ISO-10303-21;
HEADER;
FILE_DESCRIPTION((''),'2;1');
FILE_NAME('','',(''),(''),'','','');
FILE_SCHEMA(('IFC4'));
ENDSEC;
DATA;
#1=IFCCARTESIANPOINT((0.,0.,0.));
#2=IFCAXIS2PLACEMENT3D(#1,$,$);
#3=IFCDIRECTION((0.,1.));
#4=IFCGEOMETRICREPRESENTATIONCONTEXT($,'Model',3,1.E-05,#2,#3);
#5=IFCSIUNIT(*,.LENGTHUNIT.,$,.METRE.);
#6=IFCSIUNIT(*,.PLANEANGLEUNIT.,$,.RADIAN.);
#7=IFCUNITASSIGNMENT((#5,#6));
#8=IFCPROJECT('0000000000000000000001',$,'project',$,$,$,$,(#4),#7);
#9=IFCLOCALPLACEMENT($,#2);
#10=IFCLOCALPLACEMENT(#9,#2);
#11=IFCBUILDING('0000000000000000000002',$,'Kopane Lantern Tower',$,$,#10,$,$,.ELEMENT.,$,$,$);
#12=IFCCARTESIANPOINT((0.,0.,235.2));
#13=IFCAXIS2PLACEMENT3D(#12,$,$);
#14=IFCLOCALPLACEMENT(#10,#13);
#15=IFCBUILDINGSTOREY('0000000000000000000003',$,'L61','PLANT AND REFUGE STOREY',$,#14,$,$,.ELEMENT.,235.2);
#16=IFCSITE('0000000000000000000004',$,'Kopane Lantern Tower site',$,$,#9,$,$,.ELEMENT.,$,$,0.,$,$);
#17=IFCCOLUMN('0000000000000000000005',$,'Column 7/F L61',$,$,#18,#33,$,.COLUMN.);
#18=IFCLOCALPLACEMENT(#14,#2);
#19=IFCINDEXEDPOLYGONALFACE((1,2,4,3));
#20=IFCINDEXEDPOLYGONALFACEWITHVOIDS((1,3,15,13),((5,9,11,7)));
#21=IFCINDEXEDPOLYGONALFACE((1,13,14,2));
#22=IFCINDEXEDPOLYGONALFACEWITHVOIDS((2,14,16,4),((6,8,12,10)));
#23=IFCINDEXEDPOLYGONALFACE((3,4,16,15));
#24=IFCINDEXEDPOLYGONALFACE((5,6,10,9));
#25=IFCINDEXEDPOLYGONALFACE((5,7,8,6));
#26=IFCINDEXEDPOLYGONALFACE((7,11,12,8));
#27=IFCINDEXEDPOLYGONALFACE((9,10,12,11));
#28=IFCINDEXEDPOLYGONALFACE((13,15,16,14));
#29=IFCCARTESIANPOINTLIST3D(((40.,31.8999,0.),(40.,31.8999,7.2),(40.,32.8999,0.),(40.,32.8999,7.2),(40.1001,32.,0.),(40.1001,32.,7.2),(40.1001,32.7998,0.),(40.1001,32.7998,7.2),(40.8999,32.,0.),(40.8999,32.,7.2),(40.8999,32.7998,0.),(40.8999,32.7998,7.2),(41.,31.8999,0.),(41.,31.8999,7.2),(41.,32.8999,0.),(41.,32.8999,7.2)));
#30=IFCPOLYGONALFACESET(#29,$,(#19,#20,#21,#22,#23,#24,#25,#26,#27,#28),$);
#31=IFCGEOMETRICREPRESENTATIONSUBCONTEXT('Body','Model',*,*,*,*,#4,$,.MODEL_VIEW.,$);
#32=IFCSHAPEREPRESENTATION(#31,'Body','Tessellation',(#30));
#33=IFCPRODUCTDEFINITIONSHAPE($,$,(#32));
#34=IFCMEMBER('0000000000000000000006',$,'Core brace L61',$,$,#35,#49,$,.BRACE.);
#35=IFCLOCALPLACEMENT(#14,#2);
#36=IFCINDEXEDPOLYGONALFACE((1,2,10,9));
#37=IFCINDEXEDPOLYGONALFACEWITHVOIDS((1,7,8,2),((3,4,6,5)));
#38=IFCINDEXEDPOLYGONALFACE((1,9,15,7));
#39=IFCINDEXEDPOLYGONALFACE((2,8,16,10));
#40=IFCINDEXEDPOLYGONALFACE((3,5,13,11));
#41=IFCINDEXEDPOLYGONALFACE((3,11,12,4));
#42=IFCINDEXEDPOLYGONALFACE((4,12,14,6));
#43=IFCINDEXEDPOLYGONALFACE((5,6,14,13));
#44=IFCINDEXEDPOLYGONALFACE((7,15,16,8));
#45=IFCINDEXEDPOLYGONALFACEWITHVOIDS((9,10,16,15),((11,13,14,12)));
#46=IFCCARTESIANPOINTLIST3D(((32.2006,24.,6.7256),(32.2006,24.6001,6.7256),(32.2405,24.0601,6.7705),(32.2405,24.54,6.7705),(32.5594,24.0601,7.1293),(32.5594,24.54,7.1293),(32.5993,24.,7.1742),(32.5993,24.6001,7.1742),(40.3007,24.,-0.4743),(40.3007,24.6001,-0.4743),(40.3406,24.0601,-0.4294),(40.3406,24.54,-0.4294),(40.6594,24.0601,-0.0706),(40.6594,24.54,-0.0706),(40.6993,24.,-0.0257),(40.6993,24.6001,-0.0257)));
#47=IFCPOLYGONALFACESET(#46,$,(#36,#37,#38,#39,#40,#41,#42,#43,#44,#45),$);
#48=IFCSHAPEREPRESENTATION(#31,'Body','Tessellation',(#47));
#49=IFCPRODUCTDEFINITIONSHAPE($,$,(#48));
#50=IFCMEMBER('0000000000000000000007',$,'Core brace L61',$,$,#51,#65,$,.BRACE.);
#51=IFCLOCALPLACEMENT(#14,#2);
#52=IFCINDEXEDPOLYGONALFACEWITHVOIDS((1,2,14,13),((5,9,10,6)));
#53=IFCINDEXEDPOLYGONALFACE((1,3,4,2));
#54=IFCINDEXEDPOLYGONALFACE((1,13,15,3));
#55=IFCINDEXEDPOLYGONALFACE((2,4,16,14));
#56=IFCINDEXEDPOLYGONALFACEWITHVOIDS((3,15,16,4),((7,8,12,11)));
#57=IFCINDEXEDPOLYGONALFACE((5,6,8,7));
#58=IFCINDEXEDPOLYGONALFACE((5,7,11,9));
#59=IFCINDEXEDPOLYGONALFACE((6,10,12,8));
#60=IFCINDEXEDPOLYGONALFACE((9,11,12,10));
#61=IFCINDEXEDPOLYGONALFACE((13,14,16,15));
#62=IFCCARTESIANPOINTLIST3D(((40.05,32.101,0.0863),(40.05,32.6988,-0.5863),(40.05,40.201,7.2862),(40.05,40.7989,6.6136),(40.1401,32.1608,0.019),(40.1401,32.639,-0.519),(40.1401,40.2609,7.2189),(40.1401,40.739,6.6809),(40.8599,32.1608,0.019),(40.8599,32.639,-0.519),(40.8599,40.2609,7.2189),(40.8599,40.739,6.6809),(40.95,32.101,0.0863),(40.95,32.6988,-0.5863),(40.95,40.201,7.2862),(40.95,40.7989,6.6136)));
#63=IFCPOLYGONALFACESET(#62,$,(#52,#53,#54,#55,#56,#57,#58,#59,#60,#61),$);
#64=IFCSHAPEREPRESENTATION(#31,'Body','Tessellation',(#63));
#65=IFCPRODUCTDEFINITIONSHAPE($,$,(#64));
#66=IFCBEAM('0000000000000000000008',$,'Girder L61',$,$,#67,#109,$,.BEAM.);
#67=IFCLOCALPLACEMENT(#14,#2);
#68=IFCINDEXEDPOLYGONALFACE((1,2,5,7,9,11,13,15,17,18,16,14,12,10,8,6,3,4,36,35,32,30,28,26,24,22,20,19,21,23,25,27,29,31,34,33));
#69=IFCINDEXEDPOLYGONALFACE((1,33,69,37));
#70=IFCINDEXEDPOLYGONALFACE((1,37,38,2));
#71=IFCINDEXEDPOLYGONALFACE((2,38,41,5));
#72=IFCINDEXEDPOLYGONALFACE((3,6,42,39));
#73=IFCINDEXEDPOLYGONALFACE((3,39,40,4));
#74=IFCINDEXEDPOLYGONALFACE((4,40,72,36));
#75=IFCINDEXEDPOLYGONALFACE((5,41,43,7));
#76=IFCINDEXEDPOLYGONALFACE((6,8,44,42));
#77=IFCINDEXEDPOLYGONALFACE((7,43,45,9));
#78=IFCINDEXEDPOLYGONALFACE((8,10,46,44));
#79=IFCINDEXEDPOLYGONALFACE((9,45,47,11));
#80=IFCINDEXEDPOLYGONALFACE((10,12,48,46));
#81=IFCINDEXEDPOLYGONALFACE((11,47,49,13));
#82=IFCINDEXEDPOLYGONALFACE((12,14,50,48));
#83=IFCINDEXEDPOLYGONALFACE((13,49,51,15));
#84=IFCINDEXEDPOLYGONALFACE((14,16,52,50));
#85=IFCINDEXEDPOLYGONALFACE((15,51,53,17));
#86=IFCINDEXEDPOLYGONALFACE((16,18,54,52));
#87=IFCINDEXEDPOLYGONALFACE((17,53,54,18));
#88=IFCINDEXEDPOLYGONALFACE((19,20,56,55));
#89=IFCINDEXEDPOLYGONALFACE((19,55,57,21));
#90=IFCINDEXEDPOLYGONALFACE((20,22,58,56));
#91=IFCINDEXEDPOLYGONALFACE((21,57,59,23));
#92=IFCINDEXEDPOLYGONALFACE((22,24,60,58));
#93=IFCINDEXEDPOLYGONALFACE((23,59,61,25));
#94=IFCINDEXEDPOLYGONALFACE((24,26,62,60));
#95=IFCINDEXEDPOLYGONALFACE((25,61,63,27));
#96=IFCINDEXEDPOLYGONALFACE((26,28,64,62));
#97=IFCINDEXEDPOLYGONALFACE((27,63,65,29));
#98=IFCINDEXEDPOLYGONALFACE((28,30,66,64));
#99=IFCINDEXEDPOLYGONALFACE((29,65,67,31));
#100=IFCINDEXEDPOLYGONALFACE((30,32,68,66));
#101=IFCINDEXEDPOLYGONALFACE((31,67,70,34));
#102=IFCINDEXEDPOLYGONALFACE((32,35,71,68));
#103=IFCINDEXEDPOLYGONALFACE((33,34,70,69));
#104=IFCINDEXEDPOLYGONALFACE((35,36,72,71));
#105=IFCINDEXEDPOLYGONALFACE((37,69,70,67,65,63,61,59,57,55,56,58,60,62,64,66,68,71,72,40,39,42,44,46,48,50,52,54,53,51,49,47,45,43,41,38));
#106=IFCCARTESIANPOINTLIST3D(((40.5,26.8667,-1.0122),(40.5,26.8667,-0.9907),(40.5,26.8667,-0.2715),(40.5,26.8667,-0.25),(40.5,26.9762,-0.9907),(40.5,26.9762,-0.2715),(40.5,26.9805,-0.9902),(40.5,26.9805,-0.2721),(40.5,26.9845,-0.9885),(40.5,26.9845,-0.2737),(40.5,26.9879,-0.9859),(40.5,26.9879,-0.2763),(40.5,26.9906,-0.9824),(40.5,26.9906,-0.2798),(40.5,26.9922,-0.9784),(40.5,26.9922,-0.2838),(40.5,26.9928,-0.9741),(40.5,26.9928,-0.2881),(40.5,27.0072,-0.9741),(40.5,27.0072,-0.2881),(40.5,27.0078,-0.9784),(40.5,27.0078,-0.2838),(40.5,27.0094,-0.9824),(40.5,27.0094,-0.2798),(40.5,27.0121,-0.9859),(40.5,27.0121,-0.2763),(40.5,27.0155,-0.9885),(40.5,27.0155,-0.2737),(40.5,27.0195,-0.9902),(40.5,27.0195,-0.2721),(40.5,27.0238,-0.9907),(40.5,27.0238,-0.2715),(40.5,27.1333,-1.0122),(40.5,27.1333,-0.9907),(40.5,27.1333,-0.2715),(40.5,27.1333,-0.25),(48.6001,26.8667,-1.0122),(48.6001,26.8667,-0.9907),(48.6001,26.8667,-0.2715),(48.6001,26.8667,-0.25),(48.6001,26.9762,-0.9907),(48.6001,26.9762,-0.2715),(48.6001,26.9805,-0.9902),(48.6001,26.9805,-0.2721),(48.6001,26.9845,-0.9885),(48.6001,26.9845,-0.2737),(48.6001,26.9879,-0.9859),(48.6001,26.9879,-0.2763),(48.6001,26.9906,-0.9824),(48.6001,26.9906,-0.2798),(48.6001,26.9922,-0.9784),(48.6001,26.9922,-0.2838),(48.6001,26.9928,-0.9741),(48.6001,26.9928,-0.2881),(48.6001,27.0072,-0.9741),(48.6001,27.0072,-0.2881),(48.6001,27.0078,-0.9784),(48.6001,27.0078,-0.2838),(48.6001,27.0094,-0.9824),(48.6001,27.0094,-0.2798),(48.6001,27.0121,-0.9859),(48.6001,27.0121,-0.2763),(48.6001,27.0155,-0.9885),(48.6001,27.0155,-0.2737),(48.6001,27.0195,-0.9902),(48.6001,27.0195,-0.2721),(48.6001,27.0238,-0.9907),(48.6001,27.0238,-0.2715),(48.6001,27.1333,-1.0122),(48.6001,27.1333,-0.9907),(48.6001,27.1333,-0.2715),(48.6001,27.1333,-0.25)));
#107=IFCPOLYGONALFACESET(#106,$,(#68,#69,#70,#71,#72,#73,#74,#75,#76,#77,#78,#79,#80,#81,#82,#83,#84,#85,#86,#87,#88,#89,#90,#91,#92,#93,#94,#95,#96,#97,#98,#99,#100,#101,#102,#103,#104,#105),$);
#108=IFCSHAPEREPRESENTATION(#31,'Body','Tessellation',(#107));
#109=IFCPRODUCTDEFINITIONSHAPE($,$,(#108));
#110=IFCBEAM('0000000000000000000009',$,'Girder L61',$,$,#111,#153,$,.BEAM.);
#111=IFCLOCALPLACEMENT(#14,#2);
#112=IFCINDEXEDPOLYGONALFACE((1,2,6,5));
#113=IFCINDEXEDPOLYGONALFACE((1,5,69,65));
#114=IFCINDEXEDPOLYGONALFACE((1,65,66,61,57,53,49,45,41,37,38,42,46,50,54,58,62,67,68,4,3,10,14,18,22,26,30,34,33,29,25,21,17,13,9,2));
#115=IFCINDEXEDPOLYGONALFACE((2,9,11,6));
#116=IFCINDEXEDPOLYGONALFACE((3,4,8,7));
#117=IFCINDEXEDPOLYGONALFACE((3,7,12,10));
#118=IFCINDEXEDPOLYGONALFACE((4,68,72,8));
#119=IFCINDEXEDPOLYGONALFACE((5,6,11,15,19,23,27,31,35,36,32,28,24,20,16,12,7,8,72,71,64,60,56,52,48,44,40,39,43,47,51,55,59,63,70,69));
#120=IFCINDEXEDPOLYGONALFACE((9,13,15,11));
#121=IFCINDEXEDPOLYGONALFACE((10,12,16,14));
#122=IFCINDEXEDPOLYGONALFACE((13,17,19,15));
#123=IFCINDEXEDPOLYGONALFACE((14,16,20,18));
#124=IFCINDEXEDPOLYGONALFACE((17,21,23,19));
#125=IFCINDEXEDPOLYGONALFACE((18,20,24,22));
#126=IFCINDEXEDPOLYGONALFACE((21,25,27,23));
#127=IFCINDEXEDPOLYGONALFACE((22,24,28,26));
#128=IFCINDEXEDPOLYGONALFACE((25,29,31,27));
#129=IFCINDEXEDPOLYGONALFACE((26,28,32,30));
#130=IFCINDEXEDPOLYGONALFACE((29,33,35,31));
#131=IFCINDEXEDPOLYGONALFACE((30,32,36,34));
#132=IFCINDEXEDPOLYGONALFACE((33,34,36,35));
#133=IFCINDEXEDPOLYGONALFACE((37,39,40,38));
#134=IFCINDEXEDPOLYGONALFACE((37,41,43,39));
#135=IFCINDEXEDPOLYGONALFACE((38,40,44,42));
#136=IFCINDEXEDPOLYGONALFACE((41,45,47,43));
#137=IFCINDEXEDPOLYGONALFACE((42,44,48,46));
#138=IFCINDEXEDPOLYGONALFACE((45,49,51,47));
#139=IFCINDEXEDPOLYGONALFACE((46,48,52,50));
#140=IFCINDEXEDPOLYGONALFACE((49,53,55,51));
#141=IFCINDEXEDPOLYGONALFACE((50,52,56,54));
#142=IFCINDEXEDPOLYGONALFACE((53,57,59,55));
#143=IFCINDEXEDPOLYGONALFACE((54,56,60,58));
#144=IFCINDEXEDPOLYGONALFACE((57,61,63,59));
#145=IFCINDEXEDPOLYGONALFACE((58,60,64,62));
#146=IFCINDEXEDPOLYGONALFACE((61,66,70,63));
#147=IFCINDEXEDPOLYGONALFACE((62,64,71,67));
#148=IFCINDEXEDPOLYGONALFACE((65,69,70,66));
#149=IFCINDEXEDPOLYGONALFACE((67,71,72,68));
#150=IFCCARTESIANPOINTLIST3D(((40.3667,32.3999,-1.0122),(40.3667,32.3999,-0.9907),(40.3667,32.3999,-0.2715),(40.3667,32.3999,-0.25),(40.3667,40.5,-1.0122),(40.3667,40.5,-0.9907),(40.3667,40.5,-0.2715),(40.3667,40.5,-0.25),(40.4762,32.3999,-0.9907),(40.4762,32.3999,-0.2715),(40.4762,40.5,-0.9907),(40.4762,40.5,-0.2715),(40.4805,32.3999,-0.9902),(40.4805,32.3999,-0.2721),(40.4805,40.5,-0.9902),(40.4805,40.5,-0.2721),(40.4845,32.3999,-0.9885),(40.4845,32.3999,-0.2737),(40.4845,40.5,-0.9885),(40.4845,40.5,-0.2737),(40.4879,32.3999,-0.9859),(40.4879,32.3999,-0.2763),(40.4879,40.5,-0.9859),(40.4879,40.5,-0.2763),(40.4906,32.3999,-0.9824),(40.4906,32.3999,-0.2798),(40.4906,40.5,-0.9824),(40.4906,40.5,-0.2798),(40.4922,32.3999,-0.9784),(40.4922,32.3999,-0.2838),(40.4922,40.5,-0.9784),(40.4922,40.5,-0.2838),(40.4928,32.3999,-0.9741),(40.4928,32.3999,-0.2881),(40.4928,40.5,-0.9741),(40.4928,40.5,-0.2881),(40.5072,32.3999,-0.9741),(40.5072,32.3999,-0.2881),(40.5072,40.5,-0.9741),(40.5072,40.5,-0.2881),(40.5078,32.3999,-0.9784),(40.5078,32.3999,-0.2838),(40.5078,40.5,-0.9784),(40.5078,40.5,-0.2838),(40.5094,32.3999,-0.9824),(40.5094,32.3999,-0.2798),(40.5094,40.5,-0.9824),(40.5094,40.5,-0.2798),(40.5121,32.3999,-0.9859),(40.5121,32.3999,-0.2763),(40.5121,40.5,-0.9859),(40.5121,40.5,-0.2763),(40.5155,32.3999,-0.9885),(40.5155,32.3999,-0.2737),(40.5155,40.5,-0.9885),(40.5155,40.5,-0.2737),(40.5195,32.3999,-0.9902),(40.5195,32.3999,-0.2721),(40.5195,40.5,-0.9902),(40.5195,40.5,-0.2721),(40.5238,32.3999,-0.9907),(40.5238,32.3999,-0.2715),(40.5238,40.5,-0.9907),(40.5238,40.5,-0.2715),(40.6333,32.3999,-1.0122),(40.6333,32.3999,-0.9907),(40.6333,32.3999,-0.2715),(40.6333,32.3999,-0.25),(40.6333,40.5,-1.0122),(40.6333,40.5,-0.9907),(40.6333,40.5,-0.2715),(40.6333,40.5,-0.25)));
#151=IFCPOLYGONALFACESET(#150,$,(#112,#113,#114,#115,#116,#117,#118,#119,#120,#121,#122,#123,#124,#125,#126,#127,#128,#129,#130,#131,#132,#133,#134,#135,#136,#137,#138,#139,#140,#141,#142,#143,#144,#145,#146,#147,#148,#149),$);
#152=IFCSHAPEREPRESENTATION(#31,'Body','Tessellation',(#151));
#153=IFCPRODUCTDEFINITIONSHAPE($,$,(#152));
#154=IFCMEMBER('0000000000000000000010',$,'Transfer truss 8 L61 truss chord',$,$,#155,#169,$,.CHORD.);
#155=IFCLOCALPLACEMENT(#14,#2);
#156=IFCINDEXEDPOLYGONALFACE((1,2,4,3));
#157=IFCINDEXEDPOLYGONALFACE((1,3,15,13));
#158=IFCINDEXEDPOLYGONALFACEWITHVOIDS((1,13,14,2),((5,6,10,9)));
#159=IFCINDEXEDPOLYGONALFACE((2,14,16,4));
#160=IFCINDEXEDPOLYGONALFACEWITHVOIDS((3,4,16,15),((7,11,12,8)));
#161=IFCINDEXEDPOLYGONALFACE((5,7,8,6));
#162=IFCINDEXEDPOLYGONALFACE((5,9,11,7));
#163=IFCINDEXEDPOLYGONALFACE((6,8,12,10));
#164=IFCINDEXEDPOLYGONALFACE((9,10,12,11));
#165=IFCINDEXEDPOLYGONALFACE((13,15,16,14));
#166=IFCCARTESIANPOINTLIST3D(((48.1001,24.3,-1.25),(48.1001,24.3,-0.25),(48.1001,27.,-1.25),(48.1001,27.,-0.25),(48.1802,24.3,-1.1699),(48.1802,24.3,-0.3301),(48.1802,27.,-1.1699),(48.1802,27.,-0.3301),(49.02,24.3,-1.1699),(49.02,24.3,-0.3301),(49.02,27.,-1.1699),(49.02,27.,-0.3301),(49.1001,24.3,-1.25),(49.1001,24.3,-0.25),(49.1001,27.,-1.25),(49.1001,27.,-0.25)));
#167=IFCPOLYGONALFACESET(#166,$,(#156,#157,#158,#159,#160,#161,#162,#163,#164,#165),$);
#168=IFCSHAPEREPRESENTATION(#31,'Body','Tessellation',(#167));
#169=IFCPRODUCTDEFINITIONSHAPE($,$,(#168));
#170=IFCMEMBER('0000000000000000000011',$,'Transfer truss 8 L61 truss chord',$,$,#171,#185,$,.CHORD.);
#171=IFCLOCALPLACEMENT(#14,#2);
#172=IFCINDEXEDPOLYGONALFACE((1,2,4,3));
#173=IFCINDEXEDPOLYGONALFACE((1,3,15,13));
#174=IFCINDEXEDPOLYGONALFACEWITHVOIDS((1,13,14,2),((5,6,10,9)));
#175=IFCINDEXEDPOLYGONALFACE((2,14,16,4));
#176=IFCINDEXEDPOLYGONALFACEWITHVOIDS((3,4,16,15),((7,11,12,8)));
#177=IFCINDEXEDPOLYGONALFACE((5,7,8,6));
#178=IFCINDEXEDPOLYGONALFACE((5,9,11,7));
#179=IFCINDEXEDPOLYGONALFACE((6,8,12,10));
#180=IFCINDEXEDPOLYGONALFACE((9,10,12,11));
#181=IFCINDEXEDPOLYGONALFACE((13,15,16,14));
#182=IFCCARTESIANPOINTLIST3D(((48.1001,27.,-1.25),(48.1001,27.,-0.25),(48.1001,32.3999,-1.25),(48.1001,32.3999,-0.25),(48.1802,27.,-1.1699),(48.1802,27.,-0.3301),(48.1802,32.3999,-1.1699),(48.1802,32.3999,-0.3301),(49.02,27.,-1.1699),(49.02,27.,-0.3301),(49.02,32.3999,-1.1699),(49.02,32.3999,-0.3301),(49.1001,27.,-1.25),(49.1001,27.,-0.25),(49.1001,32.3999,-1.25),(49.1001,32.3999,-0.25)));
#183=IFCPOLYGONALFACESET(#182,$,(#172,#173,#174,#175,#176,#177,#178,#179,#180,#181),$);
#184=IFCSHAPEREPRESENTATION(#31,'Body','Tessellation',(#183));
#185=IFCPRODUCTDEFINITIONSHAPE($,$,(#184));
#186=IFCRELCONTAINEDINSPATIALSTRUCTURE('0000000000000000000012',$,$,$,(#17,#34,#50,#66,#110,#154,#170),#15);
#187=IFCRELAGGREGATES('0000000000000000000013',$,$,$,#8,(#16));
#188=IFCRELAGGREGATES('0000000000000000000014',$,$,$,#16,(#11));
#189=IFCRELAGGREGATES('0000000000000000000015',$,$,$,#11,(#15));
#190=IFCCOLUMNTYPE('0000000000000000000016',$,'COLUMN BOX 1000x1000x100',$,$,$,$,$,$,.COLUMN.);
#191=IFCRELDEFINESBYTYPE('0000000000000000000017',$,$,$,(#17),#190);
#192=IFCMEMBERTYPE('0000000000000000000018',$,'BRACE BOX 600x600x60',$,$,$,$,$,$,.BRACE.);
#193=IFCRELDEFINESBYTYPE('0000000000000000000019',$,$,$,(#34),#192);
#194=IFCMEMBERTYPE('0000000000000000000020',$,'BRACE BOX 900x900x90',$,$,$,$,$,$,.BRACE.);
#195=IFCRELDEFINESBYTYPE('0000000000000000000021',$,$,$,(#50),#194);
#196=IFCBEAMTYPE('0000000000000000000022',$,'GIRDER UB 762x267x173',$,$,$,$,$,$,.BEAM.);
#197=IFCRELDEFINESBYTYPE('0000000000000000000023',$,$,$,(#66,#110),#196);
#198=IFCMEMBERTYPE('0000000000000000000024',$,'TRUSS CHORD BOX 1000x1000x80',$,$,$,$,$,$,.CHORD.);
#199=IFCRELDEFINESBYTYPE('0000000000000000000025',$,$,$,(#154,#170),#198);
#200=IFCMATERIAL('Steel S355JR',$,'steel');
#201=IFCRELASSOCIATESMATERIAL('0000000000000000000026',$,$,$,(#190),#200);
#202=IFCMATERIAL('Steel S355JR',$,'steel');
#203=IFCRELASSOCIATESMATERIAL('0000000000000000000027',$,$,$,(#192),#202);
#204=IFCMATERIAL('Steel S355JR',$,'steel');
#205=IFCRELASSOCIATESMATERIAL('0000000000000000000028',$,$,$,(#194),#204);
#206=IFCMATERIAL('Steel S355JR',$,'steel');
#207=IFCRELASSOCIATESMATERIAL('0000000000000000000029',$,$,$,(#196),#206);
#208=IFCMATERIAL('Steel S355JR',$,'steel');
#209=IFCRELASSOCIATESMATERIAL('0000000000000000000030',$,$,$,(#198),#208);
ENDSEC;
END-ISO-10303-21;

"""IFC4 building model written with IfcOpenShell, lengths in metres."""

from ifc_helpers import new_model, si_unit, direction, frame, origin, origin_2d, place, context, subcontext, project, spatial, hollow_rectangle, i_section, extrude, material, material_profile, profile_set, type_object, element, save


model = new_model("IFC4")

# Units and contexts
model_context = context("Model", 3, precision=1e-05, world=origin(), true_north=direction((0.0, 1.0)))
body_context = subcontext(model_context, "Body", "Model", "MODEL_VIEW")
ifc_project = project(units=[si_unit("LENGTHUNIT", "METRE"), si_unit("PLANEANGLEUNIT", "RADIAN")], contexts=[model_context])

# Site, building, storey
site_placement = place(None, origin())
site = spatial("IfcSite", under=ifc_project, at=site_placement, Name="Kopane Lantern Tower site", CompositionType="ELEMENT", RefElevation=0.0)
building_placement = place(site_placement, origin())
building = spatial("IfcBuilding", under=site, at=building_placement, Name="Kopane Lantern Tower", CompositionType="ELEMENT")
storey_placement = place(building_placement, frame((0.0, 0.0, 235.2)))
storey = spatial("IfcBuildingStorey", under=building, at=storey_placement, Name="L61", Description="PLANT AND REFUGE STOREY", CompositionType="ELEMENT", Elevation=235.2)

# Column
ifc_material_1 = material(Name="Steel S355JR", Category="steel")
ifc_material_profile_1 = material_profile(ifc_material_1, hollow_rectangle(XDim=1.0, YDim=1.0, WallThickness=0.1001, at=origin_2d()), Name="BOX 1000x1000x100")
ifc_profile_set_1 = profile_set([ifc_material_profile_1], Name="Steel S355JR")
column_type = type_object("IfcColumnType", Name="COLUMN BOX 1000x1000x100", PredefinedType="COLUMN", material=ifc_profile_set_1)
column_placement = place(storey_placement, frame((40.5, 32.3999, 0.0), z_axis=(0.0, 0.0, 1.0), x_axis=(1.0, 0.0, 0.0)))
element("IfcColumn", 1, at=column_placement, inside=storey, type_object=column_type, Name="Column 7/F L61", PredefinedType="COLUMN", context=body_context, shape_type="SweptSolid", body=[
    extrude(hollow_rectangle(XDim=1.0, YDim=1.0, WallThickness=0.1001, at=origin_2d()), origin(), (0.0, 0.0, 1.0), 7.2),
])

# Members
ifc_material_2 = material(Name="Steel S355JR", Category="steel")
ifc_material_profile_2 = material_profile(ifc_material_2, hollow_rectangle(XDim=0.6001, YDim=0.6001, WallThickness=0.0601, at=origin_2d()), Name="BOX 600x600x60")
ifc_profile_set_2 = profile_set([ifc_material_profile_2], Name="Steel S355JR")
member_type_1 = type_object("IfcMemberType", Name="BRACE BOX 600x600x60", PredefinedType="BRACE", material=ifc_profile_set_2)
member_1_placement = place(storey_placement, frame((40.5, 24.3, -0.25), z_axis=(-0.747416, 0.0, 0.664357), x_axis=(0.0, -1.0, 0.0)))
element("IfcMember", 2, at=member_1_placement, inside=storey, type_object=member_type_1, Name="Core brace L61", PredefinedType="BRACE", context=body_context, shape_type="SweptSolid", body=[
    extrude(hollow_rectangle(XDim=0.6001, YDim=0.6001, WallThickness=0.0601, at=origin_2d()), origin(), (0.0, 0.0, 1.0), 10.8374),
])
ifc_material_3 = material(Name="Steel S355JR", Category="steel")
ifc_material_profile_3 = material_profile(ifc_material_3, hollow_rectangle(XDim=0.8999, YDim=0.8999, WallThickness=0.0901, at=origin_2d()), Name="BOX 900x900x90")
ifc_profile_set_3 = profile_set([ifc_material_profile_3], Name="Steel S355JR")
member_type_2 = type_object("IfcMemberType", Name="BRACE BOX 900x900x90", PredefinedType="BRACE", material=ifc_profile_set_3)
member_2_placement = place(storey_placement, frame((40.5, 32.3999, -0.25), z_axis=(0.0, 0.747416, 0.664357), x_axis=(-1.0, 0.0, 0.0)))
element("IfcMember", 3, at=member_2_placement, inside=storey, type_object=member_type_2, Name="Core brace L61", PredefinedType="BRACE", context=body_context, shape_type="SweptSolid", body=[
    extrude(hollow_rectangle(XDim=0.8999, YDim=0.8999, WallThickness=0.0901, at=origin_2d()), origin(), (0.0, 0.0, 1.0), 10.8374),
])

# Beams
ifc_material_4 = material(Name="Steel S355JR", Category="steel")
ifc_material_profile_4 = material_profile(ifc_material_4, i_section(OverallWidth=0.2666, OverallDepth=0.7622, WebThickness=0.0144, FlangeThickness=0.0215, FilletRadius=0.0166, at=origin_2d()), Name="UB 762x267x173")
ifc_profile_set_4 = profile_set([ifc_material_profile_4], Name="Steel S355JR")
beam_type = type_object("IfcBeamType", Name="GIRDER UB 762x267x173", PredefinedType="BEAM", material=ifc_profile_set_4)
for number, where, z_axis, x_axis, name in (
    (4, (40.5, 27.0, -0.6311), (1.0, 0.0, 0.0), (0.0, 1.0, 0.0), "Girder L61"),
    (5, (40.5, 32.3999, -0.6311), (0.0, 1.0, 0.0), (-1.0, 0.0, 0.0), "Girder L61"),
):
    element("IfcBeam", number, at=place(storey_placement, frame(where, z_axis=z_axis, x_axis=x_axis)), inside=storey, type_object=beam_type, Name=name, PredefinedType="BEAM", context=body_context, shape_type="SweptSolid", body=[
        extrude(i_section(OverallWidth=0.2666, OverallDepth=0.7622, WebThickness=0.0144, FlangeThickness=0.0215, FilletRadius=0.0166, at=origin_2d()), origin(), (0.0, 0.0, 1.0), 8.1001),
    ])

# Members
ifc_material_5 = material(Name="Steel S355JR", Category="steel")
ifc_material_profile_5 = material_profile(ifc_material_5, hollow_rectangle(XDim=1.0, YDim=1.0, WallThickness=0.0801, at=origin_2d()), Name="BOX 1000x1000x80")
ifc_profile_set_5 = profile_set([ifc_material_profile_5], Name="Steel S355JR")
member_type_3 = type_object("IfcMemberType", Name="TRUSS CHORD BOX 1000x1000x80", PredefinedType="CHORD", material=ifc_profile_set_5)
member_3_placement = place(storey_placement, frame((48.6001, 24.3, -0.75), z_axis=(0.0, 1.0, 0.0), x_axis=(-1.0, 0.0, 0.0)))
element("IfcMember", 6, at=member_3_placement, inside=storey, type_object=member_type_3, Name="Transfer truss 8 L61 truss chord", PredefinedType="CHORD", context=body_context, shape_type="SweptSolid", body=[
    extrude(hollow_rectangle(XDim=1.0, YDim=1.0, WallThickness=0.0801, at=origin_2d()), origin(), (0.0, 0.0, 1.0), 2.7),
])
member_4_placement = place(storey_placement, frame((48.6001, 27.0, -0.75), z_axis=(0.0, 1.0, 0.0), x_axis=(-1.0, 0.0, 0.0)))
element("IfcMember", 7, at=member_4_placement, inside=storey, type_object=member_type_3, Name="Transfer truss 8 L61 truss chord", PredefinedType="CHORD", context=body_context, shape_type="SweptSolid", body=[
    extrude(hollow_rectangle(XDim=1.0, YDim=1.0, WallThickness=0.0801, at=origin_2d()), origin(), (0.0, 0.0, 1.0), 5.3999),
])

save(model, "model.ifc")
